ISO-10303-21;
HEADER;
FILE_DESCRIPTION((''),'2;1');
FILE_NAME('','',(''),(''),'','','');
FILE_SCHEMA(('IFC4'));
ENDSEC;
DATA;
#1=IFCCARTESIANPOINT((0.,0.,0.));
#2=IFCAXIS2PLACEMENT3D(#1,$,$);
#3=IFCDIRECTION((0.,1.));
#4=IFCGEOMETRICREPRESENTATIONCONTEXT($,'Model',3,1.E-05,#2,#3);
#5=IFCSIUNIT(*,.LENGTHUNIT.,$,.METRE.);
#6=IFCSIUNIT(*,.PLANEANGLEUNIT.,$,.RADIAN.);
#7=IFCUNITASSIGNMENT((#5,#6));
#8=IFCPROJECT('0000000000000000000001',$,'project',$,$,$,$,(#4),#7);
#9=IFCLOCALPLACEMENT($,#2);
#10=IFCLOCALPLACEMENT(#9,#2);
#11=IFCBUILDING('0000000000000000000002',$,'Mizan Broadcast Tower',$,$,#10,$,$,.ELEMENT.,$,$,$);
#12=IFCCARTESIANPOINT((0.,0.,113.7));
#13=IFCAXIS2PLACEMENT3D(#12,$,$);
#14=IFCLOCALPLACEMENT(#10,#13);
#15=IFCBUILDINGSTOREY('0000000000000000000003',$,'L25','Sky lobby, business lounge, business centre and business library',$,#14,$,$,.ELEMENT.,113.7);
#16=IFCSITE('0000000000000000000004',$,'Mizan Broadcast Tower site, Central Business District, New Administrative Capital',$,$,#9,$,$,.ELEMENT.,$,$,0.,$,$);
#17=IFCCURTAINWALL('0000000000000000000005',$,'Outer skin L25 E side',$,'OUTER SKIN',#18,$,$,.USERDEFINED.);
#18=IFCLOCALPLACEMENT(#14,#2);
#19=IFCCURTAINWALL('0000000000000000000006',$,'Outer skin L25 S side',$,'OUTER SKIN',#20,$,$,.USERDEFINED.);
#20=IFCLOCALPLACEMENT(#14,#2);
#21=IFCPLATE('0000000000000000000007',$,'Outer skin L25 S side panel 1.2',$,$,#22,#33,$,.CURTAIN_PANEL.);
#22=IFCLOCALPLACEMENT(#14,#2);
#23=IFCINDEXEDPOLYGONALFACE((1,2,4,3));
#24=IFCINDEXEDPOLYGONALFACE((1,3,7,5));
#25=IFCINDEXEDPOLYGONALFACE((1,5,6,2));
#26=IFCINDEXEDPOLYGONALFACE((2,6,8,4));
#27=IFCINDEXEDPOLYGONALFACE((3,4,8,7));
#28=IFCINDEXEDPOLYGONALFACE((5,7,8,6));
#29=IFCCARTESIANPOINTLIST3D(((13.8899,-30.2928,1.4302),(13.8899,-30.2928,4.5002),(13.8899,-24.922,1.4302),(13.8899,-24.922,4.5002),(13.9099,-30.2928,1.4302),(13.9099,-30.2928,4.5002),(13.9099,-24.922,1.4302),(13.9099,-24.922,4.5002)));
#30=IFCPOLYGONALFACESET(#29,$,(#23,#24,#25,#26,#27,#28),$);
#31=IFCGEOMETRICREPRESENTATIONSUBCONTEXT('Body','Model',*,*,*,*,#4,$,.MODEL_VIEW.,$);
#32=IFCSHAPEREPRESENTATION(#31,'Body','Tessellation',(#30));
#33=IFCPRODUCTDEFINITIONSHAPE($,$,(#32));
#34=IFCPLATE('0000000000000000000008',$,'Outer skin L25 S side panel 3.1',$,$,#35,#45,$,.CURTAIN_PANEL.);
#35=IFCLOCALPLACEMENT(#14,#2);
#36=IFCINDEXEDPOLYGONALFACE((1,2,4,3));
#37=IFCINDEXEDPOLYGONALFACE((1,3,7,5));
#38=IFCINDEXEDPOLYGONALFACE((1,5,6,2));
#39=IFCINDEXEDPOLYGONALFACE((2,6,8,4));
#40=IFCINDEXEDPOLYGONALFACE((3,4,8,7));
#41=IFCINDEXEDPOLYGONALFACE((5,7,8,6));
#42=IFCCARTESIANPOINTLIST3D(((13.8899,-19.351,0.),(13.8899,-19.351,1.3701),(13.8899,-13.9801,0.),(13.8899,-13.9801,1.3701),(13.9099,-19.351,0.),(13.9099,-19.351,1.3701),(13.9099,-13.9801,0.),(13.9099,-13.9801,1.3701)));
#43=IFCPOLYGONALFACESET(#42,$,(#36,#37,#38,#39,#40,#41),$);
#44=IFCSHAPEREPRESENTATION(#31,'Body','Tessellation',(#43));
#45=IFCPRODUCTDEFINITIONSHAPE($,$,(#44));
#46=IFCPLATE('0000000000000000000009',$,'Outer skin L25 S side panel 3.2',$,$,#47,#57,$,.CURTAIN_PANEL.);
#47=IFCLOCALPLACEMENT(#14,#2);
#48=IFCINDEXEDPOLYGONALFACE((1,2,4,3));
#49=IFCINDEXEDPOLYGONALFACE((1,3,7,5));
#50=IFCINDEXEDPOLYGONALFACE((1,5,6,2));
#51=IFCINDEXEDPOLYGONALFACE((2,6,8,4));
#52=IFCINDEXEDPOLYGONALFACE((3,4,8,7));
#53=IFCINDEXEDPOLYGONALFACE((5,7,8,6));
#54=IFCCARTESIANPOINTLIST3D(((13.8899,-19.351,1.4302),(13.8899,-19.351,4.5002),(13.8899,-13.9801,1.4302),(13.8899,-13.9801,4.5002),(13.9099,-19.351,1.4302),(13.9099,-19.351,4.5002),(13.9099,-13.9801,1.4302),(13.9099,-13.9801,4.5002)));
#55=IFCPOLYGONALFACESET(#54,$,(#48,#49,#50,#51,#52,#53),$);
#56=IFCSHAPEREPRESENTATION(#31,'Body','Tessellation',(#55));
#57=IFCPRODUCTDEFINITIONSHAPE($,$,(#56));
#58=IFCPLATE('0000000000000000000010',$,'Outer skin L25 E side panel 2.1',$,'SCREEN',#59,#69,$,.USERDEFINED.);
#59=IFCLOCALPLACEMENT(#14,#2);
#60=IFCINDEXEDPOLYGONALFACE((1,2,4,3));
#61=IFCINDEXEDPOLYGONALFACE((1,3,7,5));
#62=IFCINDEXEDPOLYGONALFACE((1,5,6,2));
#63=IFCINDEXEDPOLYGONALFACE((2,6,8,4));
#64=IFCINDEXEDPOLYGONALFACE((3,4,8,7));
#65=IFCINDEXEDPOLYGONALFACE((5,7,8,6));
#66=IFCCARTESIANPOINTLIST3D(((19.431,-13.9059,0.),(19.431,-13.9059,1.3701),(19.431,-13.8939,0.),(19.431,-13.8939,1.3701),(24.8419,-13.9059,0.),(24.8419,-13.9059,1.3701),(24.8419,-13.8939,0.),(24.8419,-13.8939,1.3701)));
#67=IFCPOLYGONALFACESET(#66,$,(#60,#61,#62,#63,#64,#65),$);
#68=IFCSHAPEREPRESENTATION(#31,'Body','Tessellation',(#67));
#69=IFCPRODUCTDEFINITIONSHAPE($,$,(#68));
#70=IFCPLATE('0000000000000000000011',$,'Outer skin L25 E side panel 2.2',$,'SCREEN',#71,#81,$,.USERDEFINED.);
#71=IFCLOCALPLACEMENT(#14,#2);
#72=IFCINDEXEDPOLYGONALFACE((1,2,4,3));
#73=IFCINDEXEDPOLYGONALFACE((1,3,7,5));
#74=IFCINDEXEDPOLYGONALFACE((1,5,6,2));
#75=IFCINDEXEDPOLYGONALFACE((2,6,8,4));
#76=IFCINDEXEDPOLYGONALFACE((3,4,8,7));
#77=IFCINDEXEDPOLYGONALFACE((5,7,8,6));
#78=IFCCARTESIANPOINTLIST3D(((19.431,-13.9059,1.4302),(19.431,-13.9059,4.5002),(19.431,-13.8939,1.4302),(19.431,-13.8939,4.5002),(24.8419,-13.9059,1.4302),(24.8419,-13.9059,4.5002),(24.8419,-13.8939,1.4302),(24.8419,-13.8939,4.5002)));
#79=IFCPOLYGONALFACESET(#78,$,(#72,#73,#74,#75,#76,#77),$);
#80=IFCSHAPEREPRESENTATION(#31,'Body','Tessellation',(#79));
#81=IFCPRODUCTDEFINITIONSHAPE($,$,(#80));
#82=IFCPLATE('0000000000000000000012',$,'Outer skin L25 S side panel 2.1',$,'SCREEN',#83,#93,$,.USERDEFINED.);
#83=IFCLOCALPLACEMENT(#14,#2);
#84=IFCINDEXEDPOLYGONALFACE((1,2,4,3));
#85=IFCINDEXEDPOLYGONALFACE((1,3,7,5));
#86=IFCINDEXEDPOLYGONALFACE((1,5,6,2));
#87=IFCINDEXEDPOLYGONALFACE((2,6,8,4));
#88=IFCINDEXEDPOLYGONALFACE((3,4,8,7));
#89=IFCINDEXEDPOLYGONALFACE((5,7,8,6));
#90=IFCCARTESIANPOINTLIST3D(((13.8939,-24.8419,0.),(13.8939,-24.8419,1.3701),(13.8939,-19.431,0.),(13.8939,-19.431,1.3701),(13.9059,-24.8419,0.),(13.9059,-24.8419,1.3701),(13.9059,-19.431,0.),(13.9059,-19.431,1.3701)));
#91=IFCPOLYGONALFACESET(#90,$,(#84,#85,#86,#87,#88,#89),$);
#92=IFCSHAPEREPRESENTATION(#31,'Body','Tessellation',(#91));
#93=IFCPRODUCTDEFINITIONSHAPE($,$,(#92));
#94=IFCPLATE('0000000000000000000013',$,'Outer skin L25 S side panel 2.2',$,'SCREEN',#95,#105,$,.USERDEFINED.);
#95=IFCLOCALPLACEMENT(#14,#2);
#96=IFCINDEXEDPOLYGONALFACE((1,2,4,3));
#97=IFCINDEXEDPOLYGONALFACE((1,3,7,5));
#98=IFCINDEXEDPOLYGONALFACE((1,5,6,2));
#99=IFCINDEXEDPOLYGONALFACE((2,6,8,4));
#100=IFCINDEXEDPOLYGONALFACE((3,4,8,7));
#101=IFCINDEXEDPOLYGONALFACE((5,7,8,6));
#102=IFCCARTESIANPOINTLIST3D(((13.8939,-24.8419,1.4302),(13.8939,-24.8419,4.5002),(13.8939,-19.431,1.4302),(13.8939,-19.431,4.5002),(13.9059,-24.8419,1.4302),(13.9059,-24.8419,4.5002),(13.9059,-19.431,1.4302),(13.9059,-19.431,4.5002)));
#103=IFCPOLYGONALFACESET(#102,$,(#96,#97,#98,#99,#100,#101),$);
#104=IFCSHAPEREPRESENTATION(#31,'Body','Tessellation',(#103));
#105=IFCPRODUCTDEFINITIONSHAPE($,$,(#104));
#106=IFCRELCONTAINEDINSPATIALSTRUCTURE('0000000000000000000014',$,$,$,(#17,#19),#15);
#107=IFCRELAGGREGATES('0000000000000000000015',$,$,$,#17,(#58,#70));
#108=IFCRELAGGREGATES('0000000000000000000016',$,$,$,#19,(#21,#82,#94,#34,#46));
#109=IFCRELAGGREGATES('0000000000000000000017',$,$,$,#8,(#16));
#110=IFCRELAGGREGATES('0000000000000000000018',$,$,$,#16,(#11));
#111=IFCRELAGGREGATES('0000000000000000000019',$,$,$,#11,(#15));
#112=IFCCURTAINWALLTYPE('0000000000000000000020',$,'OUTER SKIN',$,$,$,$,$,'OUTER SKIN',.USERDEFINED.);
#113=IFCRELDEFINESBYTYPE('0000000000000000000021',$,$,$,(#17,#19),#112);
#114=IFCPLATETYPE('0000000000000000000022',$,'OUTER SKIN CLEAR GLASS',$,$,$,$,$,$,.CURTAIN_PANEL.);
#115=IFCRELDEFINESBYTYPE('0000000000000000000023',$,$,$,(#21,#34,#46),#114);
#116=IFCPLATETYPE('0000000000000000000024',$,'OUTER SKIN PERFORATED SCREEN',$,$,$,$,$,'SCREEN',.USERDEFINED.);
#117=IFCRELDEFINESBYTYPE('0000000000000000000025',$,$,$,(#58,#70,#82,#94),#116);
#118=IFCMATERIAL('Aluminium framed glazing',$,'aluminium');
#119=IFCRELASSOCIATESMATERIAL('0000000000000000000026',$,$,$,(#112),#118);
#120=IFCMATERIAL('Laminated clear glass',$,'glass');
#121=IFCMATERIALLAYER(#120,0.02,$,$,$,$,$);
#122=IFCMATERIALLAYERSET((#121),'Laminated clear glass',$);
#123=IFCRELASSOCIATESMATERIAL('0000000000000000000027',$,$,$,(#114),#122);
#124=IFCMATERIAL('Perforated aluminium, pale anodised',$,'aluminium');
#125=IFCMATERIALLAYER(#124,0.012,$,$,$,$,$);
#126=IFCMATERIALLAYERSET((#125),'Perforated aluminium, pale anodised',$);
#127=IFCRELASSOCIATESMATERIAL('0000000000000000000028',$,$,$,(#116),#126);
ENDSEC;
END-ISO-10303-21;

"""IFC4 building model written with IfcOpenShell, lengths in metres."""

from ifc_helpers import new_model, si_unit, direction, frame, origin, origin_2d, place, context, subcontext, project, spatial, rectangle, extrude, material, layer, layer_set, type_object, element, aggregate, save


model = new_model("IFC4")

# Units and contexts
model_context = context("Model", 3, precision=1e-05, world=origin(), true_north=direction((0.0, 1.0)))
body_context = subcontext(model_context, "Body", "Model", "MODEL_VIEW")
ifc_project = project(units=[si_unit("LENGTHUNIT", "METRE"), si_unit("PLANEANGLEUNIT", "RADIAN")], contexts=[model_context])

# Site, building, storey
site_placement = place(None, origin())
site = spatial("IfcSite", under=ifc_project, at=site_placement, Name="Mizan Broadcast Tower site, Central Business District, New Administrative Capital", CompositionType="ELEMENT", RefElevation=0.0)
building_placement = place(site_placement, origin())
building = spatial("IfcBuilding", under=site, at=building_placement, Name="Mizan Broadcast Tower", CompositionType="ELEMENT")
storey_placement = place(building_placement, frame((0.0, 0.0, 113.7)))
storey = spatial("IfcBuildingStorey", under=building, at=storey_placement, Name="L25", Description="Sky lobby, business lounge, business centre and business library", CompositionType="ELEMENT", Elevation=113.7)

# Curtain wall
ifc_material_1 = material(Name="Aluminium framed glazing", Category="aluminium")
curtain_wall_type_1 = type_object("IfcCurtainWallType", Name="OUTER SKIN", ElementType="OUTER SKIN", PredefinedType="USERDEFINED", material=ifc_material_1)
curtain_wall_1_placement = place(storey_placement, origin())
curtain_wall_1 = element("IfcCurtainWall", 1, at=curtain_wall_1_placement, inside=storey, type_object=curtain_wall_type_1, Name="Outer skin L25 E side", ObjectType="OUTER SKIN", PredefinedType="USERDEFINED")

# Curtain wall
curtain_wall_2_placement = place(storey_placement, origin())
curtain_wall_2 = element("IfcCurtainWall", 2, at=curtain_wall_2_placement, inside=storey, type_object=curtain_wall_type_1, Name="Outer skin L25 S side", ObjectType="OUTER SKIN", PredefinedType="USERDEFINED")

# Plates
ifc_material_2 = material(Name="Laminated clear glass", Category="glass")
ifc_layer_1 = layer(ifc_material_2, 0.02)
ifc_layer_set_1 = layer_set([ifc_layer_1], Name="Laminated clear glass")
plate_type_1 = type_object("IfcPlateType", Name="OUTER SKIN CLEAR GLASS", PredefinedType="CURTAIN_PANEL", material=ifc_layer_set_1)
plate_1_placement = place(storey_placement, frame((13.8999, -27.6074, 1.4302), z_axis=(0.0, 0.0, 1.0), x_axis=(0.0, 1.0, 0.0)))
plate_1 = element("IfcPlate", 3, at=plate_1_placement, type_object=plate_type_1, Name="Outer skin L25 S side panel 1.2", PredefinedType="CURTAIN_PANEL", context=body_context, shape_type="SweptSolid", body=[
    extrude(rectangle(XDim=5.3708, YDim=0.02, at=origin_2d()), origin(), (0.0, 0.0, 1.0), 3.0701),
])
plate_2_placement = place(storey_placement, frame((13.8999, -16.6655, 0.0), z_axis=(0.0, 0.0, 1.0), x_axis=(0.0, 1.0, 0.0)))
plate_2 = element("IfcPlate", 4, at=plate_2_placement, type_object=plate_type_1, Name="Outer skin L25 S side panel 3.1", PredefinedType="CURTAIN_PANEL", context=body_context, shape_type="SweptSolid", body=[
    extrude(rectangle(XDim=5.3708, YDim=0.02, at=origin_2d()), origin(), (0.0, 0.0, 1.0), 1.3701),
])
plate_3_placement = place(storey_placement, frame((13.8999, -16.6655, 1.4302), z_axis=(0.0, 0.0, 1.0), x_axis=(0.0, 1.0, 0.0)))
plate_3 = element("IfcPlate", 5, at=plate_3_placement, type_object=plate_type_1, Name="Outer skin L25 S side panel 3.2", PredefinedType="CURTAIN_PANEL", context=body_context, shape_type="SweptSolid", body=[
    extrude(rectangle(XDim=5.3708, YDim=0.02, at=origin_2d()), origin(), (0.0, 0.0, 1.0), 3.0701),
])
ifc_material_3 = material(Name="Perforated aluminium, pale anodised", Category="aluminium")
ifc_layer_2 = layer(ifc_material_3, 0.012)
ifc_layer_set_2 = layer_set([ifc_layer_2], Name="Perforated aluminium, pale anodised")
plate_type_2 = type_object("IfcPlateType", Name="OUTER SKIN PERFORATED SCREEN", ElementType="SCREEN", PredefinedType="USERDEFINED", material=ifc_layer_set_2)
plate_4_placement = place(storey_placement, frame((22.1365, -13.8999, 0.0), z_axis=(0.0, 0.0, 1.0), x_axis=(1.0, 0.0, 0.0)))
plate_4 = element("IfcPlate", 6, at=plate_4_placement, type_object=plate_type_2, Name="Outer skin L25 E side panel 2.1", ObjectType="SCREEN", PredefinedType="USERDEFINED", context=body_context, shape_type="SweptSolid", body=[
    extrude(rectangle(XDim=5.4109, YDim=0.012, at=origin_2d()), origin(), (0.0, 0.0, 1.0), 1.3701),
])
plate_5_placement = place(storey_placement, frame((22.1365, -13.8999, 1.4302), z_axis=(0.0, 0.0, 1.0), x_axis=(1.0, 0.0, 0.0)))
plate_5 = element("IfcPlate", 7, at=plate_5_placement, type_object=plate_type_2, Name="Outer skin L25 E side panel 2.2", ObjectType="SCREEN", PredefinedType="USERDEFINED", context=body_context, shape_type="SweptSolid", body=[
    extrude(rectangle(XDim=5.4109, YDim=0.012, at=origin_2d()), origin(), (0.0, 0.0, 1.0), 3.0701),
])
aggregate(curtain_wall_1, [plate_4, plate_5])
plate_6_placement = place(storey_placement, frame((13.8999, -22.1365, 0.0), z_axis=(0.0, 0.0, 1.0), x_axis=(0.0, 1.0, 0.0)))
plate_6 = element("IfcPlate", 8, at=plate_6_placement, type_object=plate_type_2, Name="Outer skin L25 S side panel 2.1", ObjectType="SCREEN", PredefinedType="USERDEFINED", context=body_context, shape_type="SweptSolid", body=[
    extrude(rectangle(XDim=5.4109, YDim=0.012, at=origin_2d()), origin(), (0.0, 0.0, 1.0), 1.3701),
])
plate_7_placement = place(storey_placement, frame((13.8999, -22.1365, 1.4302), z_axis=(0.0, 0.0, 1.0), x_axis=(0.0, 1.0, 0.0)))
plate_7 = element("IfcPlate", 9, at=plate_7_placement, type_object=plate_type_2, Name="Outer skin L25 S side panel 2.2", ObjectType="SCREEN", PredefinedType="USERDEFINED", context=body_context, shape_type="SweptSolid", body=[
    extrude(rectangle(XDim=5.4109, YDim=0.012, at=origin_2d()), origin(), (0.0, 0.0, 1.0), 3.0701),
])
aggregate(curtain_wall_2, [plate_1, plate_6, plate_7, plate_2, plate_3])

save(model, "model.ifc")
